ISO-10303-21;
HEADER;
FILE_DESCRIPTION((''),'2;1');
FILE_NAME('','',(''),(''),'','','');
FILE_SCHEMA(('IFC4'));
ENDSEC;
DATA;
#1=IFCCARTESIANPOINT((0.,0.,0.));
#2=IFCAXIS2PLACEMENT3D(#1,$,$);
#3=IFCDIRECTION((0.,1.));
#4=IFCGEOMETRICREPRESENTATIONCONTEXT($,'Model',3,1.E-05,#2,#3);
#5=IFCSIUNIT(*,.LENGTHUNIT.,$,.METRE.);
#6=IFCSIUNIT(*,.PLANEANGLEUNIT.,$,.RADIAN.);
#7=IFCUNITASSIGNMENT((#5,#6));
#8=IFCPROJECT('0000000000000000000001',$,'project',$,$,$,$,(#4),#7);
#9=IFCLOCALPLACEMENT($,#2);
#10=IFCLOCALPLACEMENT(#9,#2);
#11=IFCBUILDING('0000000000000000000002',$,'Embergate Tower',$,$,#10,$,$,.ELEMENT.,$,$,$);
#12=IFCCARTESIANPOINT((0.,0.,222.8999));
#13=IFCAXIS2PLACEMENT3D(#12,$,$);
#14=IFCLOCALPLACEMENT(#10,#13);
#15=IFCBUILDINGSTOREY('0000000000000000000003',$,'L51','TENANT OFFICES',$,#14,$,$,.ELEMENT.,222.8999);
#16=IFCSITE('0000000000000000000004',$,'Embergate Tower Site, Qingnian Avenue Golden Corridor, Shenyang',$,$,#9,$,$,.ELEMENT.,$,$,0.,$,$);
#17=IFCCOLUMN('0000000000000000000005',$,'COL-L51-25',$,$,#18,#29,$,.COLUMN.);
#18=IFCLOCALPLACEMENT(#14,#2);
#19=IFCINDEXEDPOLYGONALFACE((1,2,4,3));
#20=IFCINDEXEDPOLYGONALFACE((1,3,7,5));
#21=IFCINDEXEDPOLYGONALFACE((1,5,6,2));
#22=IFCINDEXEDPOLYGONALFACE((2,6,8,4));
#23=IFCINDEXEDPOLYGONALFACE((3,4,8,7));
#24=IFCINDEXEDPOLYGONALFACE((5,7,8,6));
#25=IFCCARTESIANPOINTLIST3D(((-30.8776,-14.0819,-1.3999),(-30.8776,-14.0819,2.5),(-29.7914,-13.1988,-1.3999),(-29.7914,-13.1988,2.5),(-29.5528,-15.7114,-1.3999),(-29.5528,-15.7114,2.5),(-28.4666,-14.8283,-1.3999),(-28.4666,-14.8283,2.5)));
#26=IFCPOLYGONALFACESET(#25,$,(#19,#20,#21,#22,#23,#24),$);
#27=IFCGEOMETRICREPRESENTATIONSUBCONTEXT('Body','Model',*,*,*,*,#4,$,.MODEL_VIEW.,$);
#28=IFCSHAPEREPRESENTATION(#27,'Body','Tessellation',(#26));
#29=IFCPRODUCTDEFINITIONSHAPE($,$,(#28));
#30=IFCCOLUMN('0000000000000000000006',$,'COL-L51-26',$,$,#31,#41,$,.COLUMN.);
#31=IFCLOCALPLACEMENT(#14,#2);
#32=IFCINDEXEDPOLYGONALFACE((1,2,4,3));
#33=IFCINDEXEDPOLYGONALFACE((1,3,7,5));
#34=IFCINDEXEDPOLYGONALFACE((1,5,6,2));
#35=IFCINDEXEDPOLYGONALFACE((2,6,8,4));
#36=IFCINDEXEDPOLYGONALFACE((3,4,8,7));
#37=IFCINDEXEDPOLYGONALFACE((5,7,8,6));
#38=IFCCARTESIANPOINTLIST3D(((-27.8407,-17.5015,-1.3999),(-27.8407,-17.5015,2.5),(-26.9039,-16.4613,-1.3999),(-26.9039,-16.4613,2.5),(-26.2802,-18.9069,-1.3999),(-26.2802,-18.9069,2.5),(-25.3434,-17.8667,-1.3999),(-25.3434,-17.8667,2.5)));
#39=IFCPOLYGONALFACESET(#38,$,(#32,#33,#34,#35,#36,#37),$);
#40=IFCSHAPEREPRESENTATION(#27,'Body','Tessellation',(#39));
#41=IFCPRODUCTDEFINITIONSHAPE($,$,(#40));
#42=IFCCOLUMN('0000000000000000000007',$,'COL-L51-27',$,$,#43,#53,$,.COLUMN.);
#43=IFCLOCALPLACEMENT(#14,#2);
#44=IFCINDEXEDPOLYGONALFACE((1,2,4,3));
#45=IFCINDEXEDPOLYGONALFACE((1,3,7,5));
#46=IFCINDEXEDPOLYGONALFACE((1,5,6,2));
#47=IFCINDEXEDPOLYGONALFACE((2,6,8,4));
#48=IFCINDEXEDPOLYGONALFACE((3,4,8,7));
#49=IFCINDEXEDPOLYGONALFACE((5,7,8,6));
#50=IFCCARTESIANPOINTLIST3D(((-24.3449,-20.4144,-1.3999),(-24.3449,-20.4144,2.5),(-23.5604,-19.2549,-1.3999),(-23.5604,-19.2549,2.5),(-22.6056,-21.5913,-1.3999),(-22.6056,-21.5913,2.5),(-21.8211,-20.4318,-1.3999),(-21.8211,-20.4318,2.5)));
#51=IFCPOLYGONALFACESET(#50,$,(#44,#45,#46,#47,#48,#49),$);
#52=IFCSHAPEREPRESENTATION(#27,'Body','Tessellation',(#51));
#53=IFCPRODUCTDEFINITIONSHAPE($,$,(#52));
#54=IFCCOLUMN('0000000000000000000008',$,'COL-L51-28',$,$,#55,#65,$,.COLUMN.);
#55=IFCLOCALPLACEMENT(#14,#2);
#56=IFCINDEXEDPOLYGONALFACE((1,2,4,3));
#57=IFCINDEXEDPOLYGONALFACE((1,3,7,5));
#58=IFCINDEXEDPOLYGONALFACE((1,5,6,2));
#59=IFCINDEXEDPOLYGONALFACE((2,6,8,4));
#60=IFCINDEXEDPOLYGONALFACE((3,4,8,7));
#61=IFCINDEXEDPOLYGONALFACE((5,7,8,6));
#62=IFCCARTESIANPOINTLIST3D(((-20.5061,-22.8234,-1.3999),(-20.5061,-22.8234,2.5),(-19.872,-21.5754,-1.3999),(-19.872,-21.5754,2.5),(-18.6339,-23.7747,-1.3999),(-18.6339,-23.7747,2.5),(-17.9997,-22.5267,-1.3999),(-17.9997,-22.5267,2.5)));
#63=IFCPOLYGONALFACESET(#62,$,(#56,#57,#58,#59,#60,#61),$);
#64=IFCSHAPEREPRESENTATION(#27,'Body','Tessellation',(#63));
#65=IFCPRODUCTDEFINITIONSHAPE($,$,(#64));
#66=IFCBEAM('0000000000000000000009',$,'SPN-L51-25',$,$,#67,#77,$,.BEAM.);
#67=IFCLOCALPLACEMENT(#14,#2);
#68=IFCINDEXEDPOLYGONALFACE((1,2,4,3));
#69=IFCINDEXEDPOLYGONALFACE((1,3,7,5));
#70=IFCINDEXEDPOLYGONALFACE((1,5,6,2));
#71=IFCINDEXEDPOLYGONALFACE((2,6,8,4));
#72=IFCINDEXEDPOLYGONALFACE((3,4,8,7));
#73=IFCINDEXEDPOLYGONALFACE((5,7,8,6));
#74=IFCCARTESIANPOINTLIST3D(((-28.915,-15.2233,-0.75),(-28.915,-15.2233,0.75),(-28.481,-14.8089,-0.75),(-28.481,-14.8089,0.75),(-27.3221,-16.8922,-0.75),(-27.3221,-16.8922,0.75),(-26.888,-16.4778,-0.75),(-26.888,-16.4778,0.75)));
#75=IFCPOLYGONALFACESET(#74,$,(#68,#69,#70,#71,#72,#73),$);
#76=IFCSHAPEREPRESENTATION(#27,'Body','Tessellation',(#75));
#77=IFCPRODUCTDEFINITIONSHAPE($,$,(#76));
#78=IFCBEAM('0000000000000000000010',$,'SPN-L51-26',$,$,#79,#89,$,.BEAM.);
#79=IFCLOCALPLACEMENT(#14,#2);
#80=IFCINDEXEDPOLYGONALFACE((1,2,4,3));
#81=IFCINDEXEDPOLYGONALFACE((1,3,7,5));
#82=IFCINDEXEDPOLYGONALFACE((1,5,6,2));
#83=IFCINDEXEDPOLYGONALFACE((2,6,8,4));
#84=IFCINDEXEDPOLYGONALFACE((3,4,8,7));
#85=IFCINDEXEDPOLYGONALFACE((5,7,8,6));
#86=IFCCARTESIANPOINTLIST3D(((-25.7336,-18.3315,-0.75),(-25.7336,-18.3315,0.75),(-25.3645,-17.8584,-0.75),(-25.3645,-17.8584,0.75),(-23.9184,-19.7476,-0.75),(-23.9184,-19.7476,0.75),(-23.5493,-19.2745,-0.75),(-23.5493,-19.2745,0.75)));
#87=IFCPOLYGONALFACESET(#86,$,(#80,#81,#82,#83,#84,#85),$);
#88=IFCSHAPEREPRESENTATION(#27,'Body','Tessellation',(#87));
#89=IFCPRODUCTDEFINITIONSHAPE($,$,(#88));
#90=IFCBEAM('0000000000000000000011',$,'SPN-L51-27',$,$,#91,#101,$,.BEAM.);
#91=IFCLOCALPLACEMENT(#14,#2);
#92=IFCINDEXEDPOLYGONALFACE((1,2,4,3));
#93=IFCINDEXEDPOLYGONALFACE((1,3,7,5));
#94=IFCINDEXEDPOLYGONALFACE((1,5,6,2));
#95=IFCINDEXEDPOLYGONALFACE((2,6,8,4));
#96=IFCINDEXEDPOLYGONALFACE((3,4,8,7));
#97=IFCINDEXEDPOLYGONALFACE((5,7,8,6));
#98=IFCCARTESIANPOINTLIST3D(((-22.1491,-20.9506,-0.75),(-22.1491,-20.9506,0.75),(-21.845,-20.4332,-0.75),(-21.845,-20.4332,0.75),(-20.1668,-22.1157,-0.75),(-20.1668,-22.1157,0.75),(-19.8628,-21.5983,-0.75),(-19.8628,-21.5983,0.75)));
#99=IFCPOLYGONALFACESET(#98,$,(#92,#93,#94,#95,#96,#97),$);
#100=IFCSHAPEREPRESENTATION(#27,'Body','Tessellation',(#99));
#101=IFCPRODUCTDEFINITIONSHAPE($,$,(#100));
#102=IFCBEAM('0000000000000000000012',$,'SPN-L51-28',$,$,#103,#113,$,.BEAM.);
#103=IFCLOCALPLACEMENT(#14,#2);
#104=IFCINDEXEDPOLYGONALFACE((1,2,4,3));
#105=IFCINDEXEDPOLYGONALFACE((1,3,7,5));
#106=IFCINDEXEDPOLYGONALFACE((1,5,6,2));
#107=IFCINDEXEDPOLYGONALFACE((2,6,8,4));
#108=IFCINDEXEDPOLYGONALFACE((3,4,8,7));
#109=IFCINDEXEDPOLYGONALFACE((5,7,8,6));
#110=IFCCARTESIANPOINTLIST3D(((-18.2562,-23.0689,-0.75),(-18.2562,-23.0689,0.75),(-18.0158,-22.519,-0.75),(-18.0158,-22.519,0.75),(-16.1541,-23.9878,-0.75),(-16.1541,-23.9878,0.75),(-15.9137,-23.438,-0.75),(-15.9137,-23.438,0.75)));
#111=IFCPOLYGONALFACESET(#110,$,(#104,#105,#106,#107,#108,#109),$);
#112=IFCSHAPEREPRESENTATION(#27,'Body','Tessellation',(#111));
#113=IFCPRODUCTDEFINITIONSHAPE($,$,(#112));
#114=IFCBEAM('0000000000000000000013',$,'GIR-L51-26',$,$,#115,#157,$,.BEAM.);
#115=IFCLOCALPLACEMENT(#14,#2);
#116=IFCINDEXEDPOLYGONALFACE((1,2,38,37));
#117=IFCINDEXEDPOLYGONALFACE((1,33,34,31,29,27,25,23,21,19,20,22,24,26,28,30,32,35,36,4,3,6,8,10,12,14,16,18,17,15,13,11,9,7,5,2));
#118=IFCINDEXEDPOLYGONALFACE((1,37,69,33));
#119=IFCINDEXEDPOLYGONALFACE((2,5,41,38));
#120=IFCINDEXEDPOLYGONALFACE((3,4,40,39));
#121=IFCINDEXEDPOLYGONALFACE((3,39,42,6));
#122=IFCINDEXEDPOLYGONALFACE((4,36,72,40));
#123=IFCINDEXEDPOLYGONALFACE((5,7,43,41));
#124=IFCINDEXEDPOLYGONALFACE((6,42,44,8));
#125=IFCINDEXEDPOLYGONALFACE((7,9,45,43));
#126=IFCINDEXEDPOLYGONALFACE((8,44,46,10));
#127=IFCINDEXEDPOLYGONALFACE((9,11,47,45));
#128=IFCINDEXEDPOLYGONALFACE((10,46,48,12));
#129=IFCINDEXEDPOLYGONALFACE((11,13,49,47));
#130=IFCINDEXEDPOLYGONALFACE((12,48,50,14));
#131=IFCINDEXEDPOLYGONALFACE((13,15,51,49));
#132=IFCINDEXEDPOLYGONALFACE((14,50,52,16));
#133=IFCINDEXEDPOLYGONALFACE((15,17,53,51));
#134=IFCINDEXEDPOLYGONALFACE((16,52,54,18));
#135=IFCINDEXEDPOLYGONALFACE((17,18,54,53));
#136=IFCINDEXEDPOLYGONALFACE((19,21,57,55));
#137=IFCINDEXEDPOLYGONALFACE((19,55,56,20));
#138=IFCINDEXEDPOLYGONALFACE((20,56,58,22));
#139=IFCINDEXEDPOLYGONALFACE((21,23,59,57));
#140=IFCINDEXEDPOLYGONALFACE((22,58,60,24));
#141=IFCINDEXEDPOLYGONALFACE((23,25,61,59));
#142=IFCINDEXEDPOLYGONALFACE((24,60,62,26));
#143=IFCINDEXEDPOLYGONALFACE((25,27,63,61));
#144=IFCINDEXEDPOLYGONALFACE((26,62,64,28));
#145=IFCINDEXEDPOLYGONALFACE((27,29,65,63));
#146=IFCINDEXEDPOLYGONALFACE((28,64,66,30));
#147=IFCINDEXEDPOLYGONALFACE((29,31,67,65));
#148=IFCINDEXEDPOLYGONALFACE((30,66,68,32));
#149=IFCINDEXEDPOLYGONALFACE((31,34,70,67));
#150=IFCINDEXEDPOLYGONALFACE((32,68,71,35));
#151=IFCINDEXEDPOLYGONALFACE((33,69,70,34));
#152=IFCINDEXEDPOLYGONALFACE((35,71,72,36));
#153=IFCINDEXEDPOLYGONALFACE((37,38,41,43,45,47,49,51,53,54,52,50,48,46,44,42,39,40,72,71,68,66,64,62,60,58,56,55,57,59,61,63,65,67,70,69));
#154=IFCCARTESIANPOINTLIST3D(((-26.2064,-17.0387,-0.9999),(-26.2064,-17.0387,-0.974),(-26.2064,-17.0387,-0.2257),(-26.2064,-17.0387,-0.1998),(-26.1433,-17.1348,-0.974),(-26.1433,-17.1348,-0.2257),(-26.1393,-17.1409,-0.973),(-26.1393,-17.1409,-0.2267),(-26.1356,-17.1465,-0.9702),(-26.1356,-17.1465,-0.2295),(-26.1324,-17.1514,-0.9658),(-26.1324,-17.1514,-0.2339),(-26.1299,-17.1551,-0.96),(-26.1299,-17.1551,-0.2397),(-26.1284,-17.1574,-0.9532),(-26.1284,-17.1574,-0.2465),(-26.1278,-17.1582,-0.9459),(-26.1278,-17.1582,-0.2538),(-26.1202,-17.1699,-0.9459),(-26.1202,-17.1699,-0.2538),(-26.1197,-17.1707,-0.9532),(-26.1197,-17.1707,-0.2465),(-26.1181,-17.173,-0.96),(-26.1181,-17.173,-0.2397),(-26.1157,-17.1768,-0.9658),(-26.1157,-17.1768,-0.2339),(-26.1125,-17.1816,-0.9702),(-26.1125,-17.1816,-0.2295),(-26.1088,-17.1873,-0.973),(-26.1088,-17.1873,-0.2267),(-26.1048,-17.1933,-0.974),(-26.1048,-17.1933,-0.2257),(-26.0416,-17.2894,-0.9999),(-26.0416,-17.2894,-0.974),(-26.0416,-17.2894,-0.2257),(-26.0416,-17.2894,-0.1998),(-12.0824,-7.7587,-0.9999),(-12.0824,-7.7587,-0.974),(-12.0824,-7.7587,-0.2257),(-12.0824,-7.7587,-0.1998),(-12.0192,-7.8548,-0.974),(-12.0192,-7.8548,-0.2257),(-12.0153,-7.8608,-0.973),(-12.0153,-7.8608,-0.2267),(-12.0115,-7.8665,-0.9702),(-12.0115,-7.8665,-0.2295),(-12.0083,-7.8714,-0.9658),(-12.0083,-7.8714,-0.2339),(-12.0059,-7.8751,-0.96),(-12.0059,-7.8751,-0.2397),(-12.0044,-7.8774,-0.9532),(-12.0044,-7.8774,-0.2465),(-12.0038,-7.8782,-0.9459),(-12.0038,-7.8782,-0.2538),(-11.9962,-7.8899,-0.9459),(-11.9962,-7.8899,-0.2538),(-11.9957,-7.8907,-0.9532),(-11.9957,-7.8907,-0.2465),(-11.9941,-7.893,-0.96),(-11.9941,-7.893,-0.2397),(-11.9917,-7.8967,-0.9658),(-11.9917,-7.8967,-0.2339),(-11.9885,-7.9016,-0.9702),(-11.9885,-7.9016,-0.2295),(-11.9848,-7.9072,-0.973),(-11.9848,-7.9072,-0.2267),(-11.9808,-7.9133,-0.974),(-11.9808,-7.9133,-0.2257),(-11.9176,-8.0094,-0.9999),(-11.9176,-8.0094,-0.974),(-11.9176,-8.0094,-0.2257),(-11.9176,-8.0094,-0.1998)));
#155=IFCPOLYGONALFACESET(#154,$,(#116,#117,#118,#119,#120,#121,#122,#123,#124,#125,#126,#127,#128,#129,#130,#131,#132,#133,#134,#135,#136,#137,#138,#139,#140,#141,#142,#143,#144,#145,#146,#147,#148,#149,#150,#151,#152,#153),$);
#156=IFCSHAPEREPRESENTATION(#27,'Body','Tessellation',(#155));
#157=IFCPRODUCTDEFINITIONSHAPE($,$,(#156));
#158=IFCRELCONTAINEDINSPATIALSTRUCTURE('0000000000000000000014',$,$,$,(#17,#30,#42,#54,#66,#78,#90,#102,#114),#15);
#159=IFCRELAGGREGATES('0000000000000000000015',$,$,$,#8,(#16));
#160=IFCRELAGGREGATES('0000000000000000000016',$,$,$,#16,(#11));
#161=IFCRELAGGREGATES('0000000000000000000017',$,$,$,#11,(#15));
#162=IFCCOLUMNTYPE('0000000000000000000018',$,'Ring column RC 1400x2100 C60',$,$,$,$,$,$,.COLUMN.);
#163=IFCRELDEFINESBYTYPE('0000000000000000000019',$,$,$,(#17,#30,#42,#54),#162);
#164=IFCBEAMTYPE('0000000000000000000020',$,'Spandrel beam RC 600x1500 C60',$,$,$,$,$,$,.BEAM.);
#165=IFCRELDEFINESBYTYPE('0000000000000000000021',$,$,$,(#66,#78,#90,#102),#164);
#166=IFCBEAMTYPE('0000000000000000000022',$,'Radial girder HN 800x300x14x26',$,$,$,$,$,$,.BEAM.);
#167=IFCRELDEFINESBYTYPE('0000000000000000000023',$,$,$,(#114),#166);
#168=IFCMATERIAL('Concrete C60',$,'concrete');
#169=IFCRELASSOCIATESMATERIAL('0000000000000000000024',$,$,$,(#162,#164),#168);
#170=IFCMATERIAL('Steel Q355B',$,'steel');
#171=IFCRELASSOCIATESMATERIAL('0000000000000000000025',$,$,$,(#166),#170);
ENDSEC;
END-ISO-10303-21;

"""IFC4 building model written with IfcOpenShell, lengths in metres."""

from ifc_helpers import new_model, si_unit, direction, frame, origin, origin_2d, place, context, subcontext, project, spatial, rectangle, i_section, extrude, source, transform, mapped, material, material_profile, profile_set, type_object, element, save


model = new_model("IFC4")

# Units and contexts
model_context = context("Model", 3, precision=1e-05, world=origin(), true_north=direction((0.0, 1.0)))
body_context = subcontext(model_context, "Body", "Model", "MODEL_VIEW")
ifc_project = project(units=[si_unit("LENGTHUNIT", "METRE"), si_unit("PLANEANGLEUNIT", "RADIAN")], contexts=[model_context])

# Site, building, storey
site_placement = place(None, origin())
site = spatial("IfcSite", under=ifc_project, at=site_placement, Name="Embergate Tower Site, Qingnian Avenue Golden Corridor, Shenyang", CompositionType="ELEMENT", RefElevation=0.0)
building_placement = place(site_placement, origin())
building = spatial("IfcBuilding", under=site, at=building_placement, Name="Embergate Tower", CompositionType="ELEMENT")
storey_placement = place(building_placement, frame((0.0, 0.0, 222.8999)))
storey = spatial("IfcBuildingStorey", under=building, at=storey_placement, Name="L51", Description="TENANT OFFICES", CompositionType="ELEMENT", Elevation=222.8999)

# Columns
ifc_material_1 = material(Name="Concrete C60", Category="concrete")
ifc_material_profile_1 = material_profile(ifc_material_1, rectangle(XDim=1.3999, YDim=2.1001, at=origin_2d()), Name="RC 1400x2100")
ifc_profile_set_1 = profile_set([ifc_material_profile_1], Name="Concrete C60")
column_type = type_object("IfcColumnType", Name="Ring column RC 1400x2100 C60", PredefinedType="COLUMN", material=ifc_profile_set_1)
shared_shape_1 = source(origin(), body_context, "Body", "SweptSolid", [
    extrude(rectangle(XDim=1.3999, YDim=2.1001, at=origin_2d()), origin(), (0.0, 0.0, 1.0), 3.8999),
])
for number, where, z_axis, x_axis, name in (
    (1, (-29.6721, -14.4551, -1.3999), (0.0, 0.0, 1.0), (-0.775925, -0.630825, 0.0), "COL-L51-25"),
    (2, (-26.592, -17.6841, -1.3999), (0.0, 0.0, 1.0), (-0.669221, -0.743063, 0.0), "COL-L51-26"),
    (3, (-23.083, -20.4231, -1.3999), (0.0, 0.0, 1.0), (-0.560393, -0.828227, 0.0), "COL-L51-27"),
    (4, (-19.2529, -22.675, -1.3999), (0.0, 0.0, 1.0), (-0.453011, -0.891505, 0.0), "COL-L51-28"),
):
    element("IfcColumn", number, at=place(storey_placement, frame(where, z_axis=z_axis, x_axis=x_axis)), inside=storey, type_object=column_type, Name=name, PredefinedType="COLUMN", context=body_context, shape_type="MappedRepresentation", body=[
        mapped(shared_shape_1, transform((0.0, 0.0, 0.0))),
    ])

# Beams
ifc_material_profile_2 = material_profile(ifc_material_1, rectangle(XDim=0.6001, YDim=1.5, at=origin_2d()), Name="RC 600x1500")
ifc_profile_set_2 = profile_set([ifc_material_profile_2], Name="Concrete C60")
beam_type_1 = type_object("IfcBeamType", Name="Spandrel beam RC 600x1500 C60", PredefinedType="BEAM", material=ifc_profile_set_2)
shared_shape_2 = source(origin(), body_context, "Body", "SweptSolid", [
    extrude(rectangle(XDim=0.6001, YDim=1.5, at=origin_2d()), origin(), (0.0, 0.0, 1.0), 2.3071),
])
beam_1_placement = place(storey_placement, frame((-28.698, -15.0161, 0.0), z_axis=(0.690461, -0.72337, 0.0), x_axis=(0.72337, 0.690461, 0.0)))
element("IfcBeam", 5, at=beam_1_placement, inside=storey, type_object=beam_type_1, Name="SPN-L51-25", PredefinedType="BEAM", context=body_context, shape_type="MappedRepresentation", body=[
    mapped(shared_shape_2, transform((0.0, 0.0, 0.0))),
])
shared_shape_3 = source(origin(), body_context, "Body", "SweptSolid", [
    extrude(rectangle(XDim=0.6001, YDim=1.5, at=origin_2d()), origin(), (0.0, 0.0, 1.0), 2.3022),
])
beam_2_placement = place(storey_placement, frame((-25.5491, -18.095, 0.0), z_axis=(0.788466, -0.615078, 0.0), x_axis=(0.615078, 0.788466, 0.0)))
element("IfcBeam", 6, at=beam_2_placement, inside=storey, type_object=beam_type_1, Name="SPN-L51-26", PredefinedType="BEAM", context=body_context, shape_type="MappedRepresentation", body=[
    mapped(shared_shape_3, transform((0.0, 0.0, 0.0))),
])
shared_shape_4 = source(origin(), body_context, "Body", "SweptSolid", [
    extrude(rectangle(XDim=0.6001, YDim=1.5, at=origin_2d()), origin(), (0.0, 0.0, 1.0), 2.2993),
])
beam_3_placement = place(storey_placement, frame((-21.9971, -20.6919, 0.0), z_axis=(0.862114, -0.506714, 0.0), x_axis=(0.506714, 0.862114, 0.0)))
element("IfcBeam", 7, at=beam_3_placement, inside=storey, type_object=beam_type_1, Name="SPN-L51-27", PredefinedType="BEAM", context=body_context, shape_type="MappedRepresentation", body=[
    mapped(shared_shape_4, transform((0.0, 0.0, 0.0))),
])
shared_shape_5 = source(origin(), body_context, "Body", "SweptSolid", [
    extrude(rectangle(XDim=0.6001, YDim=1.5, at=origin_2d()), origin(), (0.0, 0.0, 1.0), 2.2942),
])
beam_4_placement = place(storey_placement, frame((-18.136, -22.7939, 0.0), z_axis=(0.91627, -0.400562, 0.0), x_axis=(0.400562, 0.91627, 0.0)))
element("IfcBeam", 8, at=beam_4_placement, inside=storey, type_object=beam_type_1, Name="SPN-L51-28", PredefinedType="BEAM", context=body_context, shape_type="MappedRepresentation", body=[
    mapped(shared_shape_5, transform((0.0, 0.0, 0.0))),
])
ifc_material_2 = material(Name="Steel Q355B", Category="steel")
ifc_material_profile_3 = material_profile(ifc_material_2, i_section(OverallWidth=0.3, OverallDepth=0.8, WebThickness=0.0139, FlangeThickness=0.0259, FilletRadius=0.0281, at=origin_2d()), Name="HN 800x300x14x26")
ifc_profile_set_3 = profile_set([ifc_material_profile_3], Name="Steel Q355 grade B")
beam_type_2 = type_object("IfcBeamType", Name="Radial girder HN 800x300x14x26", PredefinedType="BEAM", material=ifc_profile_set_3)
shared_shape_6 = source(origin(), body_context, "Body", "SweptSolid", [
    extrude(i_section(OverallWidth=0.3, OverallDepth=0.8, WebThickness=0.0139, FlangeThickness=0.0259, FilletRadius=0.0281, at=origin_2d()), origin(), (0.0, 0.0, 1.0), 16.8999),
])
beam_5_placement = place(storey_placement, frame((-26.124, -17.1641, -0.5999), z_axis=(0.835745, 0.549117, 0.0), x_axis=(-0.549117, 0.835745, 0.0)))
element("IfcBeam", 9, at=beam_5_placement, inside=storey, type_object=beam_type_2, Name="GIR-L51-26", PredefinedType="BEAM", context=body_context, shape_type="MappedRepresentation", body=[
    mapped(shared_shape_6, transform((0.0, 0.0, 0.0))),
])

save(model, "model.ifc")
